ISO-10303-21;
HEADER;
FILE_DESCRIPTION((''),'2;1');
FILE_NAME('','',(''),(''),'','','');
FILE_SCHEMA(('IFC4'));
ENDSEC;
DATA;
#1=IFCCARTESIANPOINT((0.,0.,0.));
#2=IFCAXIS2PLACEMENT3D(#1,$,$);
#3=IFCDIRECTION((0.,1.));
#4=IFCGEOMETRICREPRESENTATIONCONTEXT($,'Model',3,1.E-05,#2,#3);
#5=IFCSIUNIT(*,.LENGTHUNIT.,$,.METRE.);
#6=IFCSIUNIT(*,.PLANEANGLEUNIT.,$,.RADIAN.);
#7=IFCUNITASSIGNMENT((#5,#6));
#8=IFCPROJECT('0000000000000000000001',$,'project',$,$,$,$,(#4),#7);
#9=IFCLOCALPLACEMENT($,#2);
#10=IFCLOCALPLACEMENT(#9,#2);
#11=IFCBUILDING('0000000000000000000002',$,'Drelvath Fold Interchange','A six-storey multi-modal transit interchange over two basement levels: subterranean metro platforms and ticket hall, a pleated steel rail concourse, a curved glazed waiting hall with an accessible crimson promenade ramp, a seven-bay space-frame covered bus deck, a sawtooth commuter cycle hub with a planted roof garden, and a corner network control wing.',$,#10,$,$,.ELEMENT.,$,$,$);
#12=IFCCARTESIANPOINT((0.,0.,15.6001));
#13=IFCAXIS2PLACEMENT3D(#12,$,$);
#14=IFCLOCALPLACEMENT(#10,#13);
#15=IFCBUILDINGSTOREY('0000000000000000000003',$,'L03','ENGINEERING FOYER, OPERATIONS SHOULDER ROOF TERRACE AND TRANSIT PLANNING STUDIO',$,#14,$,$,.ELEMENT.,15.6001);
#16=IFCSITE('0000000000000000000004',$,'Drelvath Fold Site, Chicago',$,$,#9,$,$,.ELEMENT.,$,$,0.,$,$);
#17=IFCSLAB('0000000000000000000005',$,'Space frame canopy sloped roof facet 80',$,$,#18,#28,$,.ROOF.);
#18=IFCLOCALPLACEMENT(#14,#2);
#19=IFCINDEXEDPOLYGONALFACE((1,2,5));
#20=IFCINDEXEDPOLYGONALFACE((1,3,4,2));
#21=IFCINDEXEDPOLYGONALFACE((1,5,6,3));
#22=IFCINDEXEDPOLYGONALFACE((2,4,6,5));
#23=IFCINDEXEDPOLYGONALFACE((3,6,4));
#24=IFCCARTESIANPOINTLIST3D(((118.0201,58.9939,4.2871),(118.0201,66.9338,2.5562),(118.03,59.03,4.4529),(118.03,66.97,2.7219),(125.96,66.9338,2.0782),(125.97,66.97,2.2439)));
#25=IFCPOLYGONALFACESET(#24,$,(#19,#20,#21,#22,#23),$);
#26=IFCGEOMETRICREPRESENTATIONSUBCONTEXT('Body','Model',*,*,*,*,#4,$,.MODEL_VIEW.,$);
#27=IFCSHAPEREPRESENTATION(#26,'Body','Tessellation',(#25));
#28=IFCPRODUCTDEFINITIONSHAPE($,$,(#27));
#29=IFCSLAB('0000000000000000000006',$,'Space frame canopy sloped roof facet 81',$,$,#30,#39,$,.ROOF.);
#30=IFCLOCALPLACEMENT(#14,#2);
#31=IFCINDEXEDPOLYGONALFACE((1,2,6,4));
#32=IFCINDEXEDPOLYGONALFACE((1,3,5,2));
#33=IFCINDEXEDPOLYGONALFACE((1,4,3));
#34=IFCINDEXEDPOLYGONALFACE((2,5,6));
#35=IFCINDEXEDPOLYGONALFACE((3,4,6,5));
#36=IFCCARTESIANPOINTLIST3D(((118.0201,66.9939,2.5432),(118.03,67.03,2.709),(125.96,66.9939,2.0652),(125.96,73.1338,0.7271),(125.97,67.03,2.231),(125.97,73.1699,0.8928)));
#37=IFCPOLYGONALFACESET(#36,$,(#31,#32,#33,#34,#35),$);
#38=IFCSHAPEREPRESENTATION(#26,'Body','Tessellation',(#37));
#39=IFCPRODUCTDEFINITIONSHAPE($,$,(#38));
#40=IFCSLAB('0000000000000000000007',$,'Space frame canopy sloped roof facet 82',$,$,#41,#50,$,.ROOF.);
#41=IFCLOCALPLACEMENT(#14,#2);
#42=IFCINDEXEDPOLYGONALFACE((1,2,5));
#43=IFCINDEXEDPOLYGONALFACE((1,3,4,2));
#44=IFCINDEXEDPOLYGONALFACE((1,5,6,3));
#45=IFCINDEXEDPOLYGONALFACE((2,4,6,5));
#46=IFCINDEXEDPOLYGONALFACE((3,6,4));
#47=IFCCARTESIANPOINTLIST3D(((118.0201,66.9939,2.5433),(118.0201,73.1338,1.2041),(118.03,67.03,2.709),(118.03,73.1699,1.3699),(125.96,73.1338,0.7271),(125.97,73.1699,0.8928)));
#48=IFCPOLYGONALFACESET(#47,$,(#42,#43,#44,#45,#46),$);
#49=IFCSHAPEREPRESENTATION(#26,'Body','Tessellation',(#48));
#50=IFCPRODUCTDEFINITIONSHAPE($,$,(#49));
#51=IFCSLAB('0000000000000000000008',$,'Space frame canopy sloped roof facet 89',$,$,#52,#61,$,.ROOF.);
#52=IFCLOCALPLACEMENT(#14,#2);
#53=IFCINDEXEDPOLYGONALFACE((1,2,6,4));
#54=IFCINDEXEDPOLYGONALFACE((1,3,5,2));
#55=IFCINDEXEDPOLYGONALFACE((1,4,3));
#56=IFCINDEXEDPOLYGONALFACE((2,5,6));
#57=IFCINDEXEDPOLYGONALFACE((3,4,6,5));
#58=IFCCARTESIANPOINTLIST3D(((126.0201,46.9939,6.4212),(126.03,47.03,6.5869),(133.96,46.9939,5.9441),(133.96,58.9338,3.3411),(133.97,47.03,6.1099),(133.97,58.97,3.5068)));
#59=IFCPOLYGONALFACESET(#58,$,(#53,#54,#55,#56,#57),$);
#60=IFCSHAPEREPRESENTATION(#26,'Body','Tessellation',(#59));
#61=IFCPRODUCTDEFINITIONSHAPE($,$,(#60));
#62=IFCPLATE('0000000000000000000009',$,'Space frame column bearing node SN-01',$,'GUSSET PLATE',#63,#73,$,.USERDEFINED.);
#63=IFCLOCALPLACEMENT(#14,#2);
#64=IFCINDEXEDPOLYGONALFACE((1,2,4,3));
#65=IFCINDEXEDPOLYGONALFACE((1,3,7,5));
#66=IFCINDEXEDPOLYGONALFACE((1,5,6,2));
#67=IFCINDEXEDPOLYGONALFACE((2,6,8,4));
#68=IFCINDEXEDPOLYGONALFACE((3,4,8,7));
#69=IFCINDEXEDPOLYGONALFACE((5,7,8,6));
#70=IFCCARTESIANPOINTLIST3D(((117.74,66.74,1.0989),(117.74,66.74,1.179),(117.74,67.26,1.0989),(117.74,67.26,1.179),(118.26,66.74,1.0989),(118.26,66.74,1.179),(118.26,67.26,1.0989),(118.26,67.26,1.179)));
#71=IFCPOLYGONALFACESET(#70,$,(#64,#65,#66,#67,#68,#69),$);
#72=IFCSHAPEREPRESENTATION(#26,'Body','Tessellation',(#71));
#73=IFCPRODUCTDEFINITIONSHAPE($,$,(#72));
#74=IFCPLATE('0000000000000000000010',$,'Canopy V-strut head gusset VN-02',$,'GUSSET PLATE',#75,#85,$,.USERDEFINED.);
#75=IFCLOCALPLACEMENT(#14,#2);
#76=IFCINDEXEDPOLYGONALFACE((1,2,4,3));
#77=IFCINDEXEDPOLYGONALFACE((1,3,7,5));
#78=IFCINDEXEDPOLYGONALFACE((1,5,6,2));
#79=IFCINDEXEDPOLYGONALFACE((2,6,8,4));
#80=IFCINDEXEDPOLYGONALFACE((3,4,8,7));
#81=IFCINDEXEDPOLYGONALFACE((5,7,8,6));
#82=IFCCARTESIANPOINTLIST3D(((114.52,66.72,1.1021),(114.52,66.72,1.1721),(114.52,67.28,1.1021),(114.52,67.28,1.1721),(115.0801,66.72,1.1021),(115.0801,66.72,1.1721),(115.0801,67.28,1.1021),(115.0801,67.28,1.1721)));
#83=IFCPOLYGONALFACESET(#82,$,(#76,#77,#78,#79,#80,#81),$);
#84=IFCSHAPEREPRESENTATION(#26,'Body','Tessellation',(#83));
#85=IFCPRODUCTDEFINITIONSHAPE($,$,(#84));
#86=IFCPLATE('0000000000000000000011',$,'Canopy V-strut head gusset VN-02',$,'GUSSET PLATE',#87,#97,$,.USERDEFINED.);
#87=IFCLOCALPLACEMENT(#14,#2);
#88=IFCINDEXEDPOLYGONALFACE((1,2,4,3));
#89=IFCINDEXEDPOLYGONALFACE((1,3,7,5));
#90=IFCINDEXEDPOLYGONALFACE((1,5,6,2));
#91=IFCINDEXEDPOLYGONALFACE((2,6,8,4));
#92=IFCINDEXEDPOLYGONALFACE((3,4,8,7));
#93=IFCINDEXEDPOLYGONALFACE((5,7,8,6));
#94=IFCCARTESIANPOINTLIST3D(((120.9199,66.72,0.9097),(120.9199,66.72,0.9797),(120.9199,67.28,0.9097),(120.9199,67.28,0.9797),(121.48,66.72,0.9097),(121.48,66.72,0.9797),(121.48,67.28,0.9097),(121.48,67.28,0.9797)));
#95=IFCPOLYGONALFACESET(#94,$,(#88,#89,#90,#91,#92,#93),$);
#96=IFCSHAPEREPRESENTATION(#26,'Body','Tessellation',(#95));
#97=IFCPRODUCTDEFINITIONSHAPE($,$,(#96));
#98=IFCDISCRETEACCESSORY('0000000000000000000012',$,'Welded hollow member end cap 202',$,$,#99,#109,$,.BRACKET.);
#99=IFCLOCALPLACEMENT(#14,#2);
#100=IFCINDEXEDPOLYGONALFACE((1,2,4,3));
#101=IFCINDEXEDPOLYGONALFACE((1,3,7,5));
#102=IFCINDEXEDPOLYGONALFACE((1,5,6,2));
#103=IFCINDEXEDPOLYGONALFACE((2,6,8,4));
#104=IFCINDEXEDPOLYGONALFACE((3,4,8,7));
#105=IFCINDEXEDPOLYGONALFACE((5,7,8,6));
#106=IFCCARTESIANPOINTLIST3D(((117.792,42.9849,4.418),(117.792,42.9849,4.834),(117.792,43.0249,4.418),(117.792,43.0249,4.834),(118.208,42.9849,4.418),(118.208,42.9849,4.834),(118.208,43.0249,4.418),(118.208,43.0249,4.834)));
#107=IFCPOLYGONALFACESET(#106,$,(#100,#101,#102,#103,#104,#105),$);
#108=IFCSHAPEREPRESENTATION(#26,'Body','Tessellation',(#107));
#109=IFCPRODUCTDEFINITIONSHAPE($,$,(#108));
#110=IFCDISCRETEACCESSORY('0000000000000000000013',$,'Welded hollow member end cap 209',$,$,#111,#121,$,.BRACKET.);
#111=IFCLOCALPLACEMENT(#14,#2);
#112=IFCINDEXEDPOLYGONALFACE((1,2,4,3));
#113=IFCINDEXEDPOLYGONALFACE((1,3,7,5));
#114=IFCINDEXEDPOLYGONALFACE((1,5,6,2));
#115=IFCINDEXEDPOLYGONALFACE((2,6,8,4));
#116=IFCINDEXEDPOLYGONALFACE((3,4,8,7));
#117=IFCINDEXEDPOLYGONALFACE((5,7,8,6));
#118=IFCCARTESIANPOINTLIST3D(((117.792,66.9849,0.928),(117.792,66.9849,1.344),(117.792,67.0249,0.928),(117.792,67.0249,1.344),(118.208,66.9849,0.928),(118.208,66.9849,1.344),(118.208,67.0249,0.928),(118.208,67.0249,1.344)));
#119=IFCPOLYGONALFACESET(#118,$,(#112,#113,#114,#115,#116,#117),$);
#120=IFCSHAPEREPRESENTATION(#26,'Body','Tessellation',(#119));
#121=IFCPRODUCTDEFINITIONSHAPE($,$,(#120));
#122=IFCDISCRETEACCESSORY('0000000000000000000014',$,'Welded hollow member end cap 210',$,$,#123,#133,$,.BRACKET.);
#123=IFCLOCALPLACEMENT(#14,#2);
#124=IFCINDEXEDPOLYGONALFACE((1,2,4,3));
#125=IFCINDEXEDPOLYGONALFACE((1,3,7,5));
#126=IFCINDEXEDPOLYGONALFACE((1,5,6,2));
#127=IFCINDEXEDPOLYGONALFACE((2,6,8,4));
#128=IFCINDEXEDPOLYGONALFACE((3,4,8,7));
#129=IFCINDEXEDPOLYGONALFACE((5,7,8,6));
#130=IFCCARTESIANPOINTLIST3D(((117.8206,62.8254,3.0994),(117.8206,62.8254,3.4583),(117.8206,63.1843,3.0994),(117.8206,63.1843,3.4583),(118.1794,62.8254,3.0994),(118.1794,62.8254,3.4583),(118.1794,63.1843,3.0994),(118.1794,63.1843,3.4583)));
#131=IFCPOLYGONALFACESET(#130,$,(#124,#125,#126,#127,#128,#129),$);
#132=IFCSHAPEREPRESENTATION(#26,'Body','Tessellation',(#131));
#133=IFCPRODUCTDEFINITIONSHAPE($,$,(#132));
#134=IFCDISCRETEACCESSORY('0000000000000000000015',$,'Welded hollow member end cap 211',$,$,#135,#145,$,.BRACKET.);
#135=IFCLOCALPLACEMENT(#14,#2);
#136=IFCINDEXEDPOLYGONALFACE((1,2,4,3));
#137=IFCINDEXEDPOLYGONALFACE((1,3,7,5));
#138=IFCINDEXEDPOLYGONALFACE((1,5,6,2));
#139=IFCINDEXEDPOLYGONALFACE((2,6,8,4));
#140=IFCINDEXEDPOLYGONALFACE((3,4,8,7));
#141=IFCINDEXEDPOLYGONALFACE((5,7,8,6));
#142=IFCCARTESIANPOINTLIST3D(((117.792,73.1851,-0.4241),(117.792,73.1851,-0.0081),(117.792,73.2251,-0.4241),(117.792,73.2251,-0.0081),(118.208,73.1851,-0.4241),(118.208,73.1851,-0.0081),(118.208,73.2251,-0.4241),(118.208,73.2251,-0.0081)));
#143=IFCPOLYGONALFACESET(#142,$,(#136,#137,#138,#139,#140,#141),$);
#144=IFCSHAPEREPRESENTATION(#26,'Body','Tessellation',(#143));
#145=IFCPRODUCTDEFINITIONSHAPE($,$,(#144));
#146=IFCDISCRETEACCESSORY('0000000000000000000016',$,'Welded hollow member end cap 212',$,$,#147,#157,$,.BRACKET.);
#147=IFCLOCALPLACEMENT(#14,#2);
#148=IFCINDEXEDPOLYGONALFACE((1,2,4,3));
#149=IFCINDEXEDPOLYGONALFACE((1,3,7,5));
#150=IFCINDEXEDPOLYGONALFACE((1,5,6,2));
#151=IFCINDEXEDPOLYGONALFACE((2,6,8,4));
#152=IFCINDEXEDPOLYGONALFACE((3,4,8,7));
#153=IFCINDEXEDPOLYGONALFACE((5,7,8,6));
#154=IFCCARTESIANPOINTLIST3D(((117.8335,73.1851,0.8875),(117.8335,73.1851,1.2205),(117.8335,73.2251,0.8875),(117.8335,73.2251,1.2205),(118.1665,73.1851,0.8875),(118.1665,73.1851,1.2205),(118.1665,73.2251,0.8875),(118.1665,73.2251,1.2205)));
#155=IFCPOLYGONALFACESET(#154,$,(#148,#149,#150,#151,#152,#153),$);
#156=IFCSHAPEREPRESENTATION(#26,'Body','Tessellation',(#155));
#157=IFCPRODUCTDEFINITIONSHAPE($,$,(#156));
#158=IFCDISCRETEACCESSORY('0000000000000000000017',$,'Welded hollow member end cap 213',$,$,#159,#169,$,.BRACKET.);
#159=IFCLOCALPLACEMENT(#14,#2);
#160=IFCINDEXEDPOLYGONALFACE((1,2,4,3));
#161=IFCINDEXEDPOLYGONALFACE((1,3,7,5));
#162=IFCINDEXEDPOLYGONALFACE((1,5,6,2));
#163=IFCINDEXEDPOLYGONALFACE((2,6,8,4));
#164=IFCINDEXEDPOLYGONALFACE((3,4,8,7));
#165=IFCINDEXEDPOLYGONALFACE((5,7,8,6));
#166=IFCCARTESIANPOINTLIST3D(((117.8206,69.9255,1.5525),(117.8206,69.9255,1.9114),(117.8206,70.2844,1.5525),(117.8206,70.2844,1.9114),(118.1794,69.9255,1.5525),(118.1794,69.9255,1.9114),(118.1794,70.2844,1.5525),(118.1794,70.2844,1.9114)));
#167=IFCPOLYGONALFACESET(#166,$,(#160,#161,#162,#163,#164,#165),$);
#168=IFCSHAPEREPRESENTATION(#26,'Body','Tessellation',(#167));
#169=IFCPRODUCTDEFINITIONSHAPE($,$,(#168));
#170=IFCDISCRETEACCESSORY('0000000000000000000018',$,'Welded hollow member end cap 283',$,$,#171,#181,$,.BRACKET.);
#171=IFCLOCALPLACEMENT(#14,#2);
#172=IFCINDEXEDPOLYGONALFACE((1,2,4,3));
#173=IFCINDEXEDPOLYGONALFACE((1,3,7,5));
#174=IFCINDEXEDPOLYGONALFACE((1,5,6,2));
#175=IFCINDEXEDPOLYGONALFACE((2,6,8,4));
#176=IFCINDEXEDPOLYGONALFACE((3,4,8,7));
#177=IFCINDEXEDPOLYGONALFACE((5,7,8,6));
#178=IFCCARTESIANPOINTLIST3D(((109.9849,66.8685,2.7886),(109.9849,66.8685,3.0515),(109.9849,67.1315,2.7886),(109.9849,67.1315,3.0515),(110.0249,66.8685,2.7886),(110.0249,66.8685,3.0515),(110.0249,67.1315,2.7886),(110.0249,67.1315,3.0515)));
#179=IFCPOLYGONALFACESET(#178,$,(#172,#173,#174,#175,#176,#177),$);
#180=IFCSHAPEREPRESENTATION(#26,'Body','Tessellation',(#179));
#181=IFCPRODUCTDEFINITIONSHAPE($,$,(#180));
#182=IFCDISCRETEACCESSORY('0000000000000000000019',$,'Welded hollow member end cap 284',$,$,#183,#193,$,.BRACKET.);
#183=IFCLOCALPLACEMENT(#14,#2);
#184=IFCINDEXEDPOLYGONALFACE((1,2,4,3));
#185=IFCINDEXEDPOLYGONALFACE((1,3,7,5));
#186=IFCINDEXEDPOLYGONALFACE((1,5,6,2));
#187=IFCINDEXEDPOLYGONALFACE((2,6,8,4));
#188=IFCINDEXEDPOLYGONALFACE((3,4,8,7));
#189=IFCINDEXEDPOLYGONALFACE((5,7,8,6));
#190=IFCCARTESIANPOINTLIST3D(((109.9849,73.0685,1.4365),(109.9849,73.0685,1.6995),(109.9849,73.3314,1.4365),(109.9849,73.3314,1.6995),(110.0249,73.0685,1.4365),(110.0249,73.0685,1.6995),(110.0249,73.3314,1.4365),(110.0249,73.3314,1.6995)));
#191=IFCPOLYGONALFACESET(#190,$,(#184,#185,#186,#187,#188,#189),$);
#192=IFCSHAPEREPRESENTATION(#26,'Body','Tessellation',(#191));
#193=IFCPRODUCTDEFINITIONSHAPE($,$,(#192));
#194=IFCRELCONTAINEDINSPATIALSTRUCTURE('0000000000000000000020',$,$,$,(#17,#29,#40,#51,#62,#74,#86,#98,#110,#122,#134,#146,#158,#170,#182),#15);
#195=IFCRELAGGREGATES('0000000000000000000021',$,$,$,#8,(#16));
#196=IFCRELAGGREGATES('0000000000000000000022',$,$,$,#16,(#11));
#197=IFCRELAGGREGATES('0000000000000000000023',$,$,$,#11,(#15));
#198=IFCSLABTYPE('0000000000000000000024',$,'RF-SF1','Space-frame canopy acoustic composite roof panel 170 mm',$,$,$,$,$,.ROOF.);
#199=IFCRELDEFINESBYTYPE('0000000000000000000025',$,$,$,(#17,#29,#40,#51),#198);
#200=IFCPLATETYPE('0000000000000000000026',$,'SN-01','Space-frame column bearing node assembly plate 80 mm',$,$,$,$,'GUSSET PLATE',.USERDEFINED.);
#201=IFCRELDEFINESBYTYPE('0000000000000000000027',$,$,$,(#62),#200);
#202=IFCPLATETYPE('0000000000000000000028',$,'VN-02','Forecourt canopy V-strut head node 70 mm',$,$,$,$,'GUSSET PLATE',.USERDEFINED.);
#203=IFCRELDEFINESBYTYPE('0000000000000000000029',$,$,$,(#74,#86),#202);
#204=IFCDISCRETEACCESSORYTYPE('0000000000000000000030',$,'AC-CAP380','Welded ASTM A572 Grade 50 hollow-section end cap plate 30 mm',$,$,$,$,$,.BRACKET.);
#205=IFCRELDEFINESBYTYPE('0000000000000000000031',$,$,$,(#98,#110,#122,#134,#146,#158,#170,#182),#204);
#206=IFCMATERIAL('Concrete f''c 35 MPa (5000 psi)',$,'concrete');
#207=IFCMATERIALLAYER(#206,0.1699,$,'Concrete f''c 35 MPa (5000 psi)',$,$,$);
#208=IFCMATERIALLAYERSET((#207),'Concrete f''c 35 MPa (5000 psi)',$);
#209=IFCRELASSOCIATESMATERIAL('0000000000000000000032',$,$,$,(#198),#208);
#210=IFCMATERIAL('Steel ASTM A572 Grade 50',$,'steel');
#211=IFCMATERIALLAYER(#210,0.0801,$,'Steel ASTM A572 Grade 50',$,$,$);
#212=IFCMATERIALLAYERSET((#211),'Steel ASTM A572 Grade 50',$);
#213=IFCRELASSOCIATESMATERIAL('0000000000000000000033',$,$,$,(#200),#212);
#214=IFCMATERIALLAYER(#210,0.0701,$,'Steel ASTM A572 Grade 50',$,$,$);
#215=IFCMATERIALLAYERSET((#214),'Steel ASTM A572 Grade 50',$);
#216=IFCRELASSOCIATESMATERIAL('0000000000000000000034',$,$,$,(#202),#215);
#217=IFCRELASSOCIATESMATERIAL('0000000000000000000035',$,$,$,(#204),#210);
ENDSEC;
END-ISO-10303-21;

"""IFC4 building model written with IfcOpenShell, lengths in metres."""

from ifc_helpers import new_model, si_unit, direction, frame, origin, origin_2d, place, context, subcontext, project, spatial, polyline, rectangle, outline, extrude, material, layer, layer_set, type_object, element, save


model = new_model("IFC4")

# Units and contexts
model_context = context("Model", 3, precision=1e-05, world=origin(), true_north=direction((0.0, 1.0)))
body_context = subcontext(model_context, "Body", "Model", "MODEL_VIEW")
ifc_project = project(units=[si_unit("LENGTHUNIT", "METRE"), si_unit("PLANEANGLEUNIT", "RADIAN")], contexts=[model_context])

# Site, building, storey
site_placement = place(None, origin())
site = spatial("IfcSite", under=ifc_project, at=site_placement, Name="Drelvath Fold Site, Chicago", CompositionType="ELEMENT", RefElevation=0.0)
building_placement = place(site_placement, origin())
building = spatial("IfcBuilding", under=site, at=building_placement, Name="Drelvath Fold Interchange", Description="A six-storey multi-modal transit interchange over two basement levels: subterranean metro platforms and ticket hall, a pleated steel rail concourse, a curved glazed waiting hall with an accessible crimson promenade ramp, a seven-bay space-frame covered bus deck, a sawtooth commuter cycle hub with a planted roof garden, and a corner network control wing.", CompositionType="ELEMENT")
storey_placement = place(building_placement, frame((0.0, 0.0, 15.6001)))
storey = spatial("IfcBuildingStorey", under=building, at=storey_placement, Name="L03", Description="ENGINEERING FOYER, OPERATIONS SHOULDER ROOF TERRACE AND TRANSIT PLANNING STUDIO", CompositionType="ELEMENT", Elevation=15.6001)

# Slabs
ifc_material_1 = material(Name="Concrete f'c 35 MPa (5000 psi)", Category="concrete")
ifc_layer_1 = layer(ifc_material_1, 0.1699, Name="Concrete f'c 35 MPa (5000 psi)")
ifc_layer_set_1 = layer_set([ifc_layer_1], Name="Concrete f'c 35 MPa (5000 psi)")
slab_type = type_object("IfcSlabType", Name="RF-SF1", Description="Space-frame canopy acoustic composite roof panel 170 mm", PredefinedType="ROOF", material=ifc_layer_set_1)
slab_1_placement = place(storey_placement, frame((118.03, 59.03, 4.4529), z_axis=(0.058722, 0.212636, 0.975365), x_axis=(0.693809, 0.693809, -0.193026)))
element("IfcSlab", 1, at=slab_1_placement, inside=storey, type_object=slab_type, Name="Space frame canopy sloped roof facet 80", PredefinedType="ROOF", context=body_context, shape_type="SweptSolid", body=[
    extrude(outline(polyline([(0.0, 0.0), (11.444, 0.0), (5.8429, 5.6479), (0.0, 0.0)])), origin(), (0.0, 0.0, -1.0), 0.1699),
])
slab_2_placement = place(storey_placement, frame((118.03, 67.03, 2.709), z_axis=(0.058723, 0.212575, 0.975379), x_axis=(0.998193, 0.0, -0.060097)))
element("IfcSlab", 2, at=slab_2_placement, inside=storey, type_object=slab_type, Name="Space frame canopy sloped roof facet 81", PredefinedType="ROOF", context=body_context, shape_type="SweptSolid", body=[
    extrude(outline(polyline([(0.0, 0.0), (7.9543, 0.0), (8.0347, 6.2835), (0.0, 0.0)])), origin(), (0.0, 0.0, -1.0), 0.1699),
])
slab_3_placement = place(storey_placement, frame((118.03, 67.03, 2.709), z_axis=(0.058602, 0.212725, 0.975353), x_axis=(0.778428, 0.601952, -0.178056)))
element("IfcSlab", 3, at=slab_3_placement, inside=storey, type_object=slab_type, Name="Space frame canopy sloped roof facet 82", PredefinedType="ROOF", context=body_context, shape_type="SweptSolid", body=[
    extrude(outline(polyline([(0.0, 0.0), (10.2, 0.0), (3.9344, 4.9002), (0.0, 0.0)])), origin(), (0.0, 0.0, -1.0), 0.1699),
])
slab_4_placement = place(storey_placement, frame((126.03, 47.03, 6.5869), z_axis=(0.058603, 0.212641, 0.975372), x_axis=(0.9982, 0.0, -0.059974)))
element("IfcSlab", 4, at=slab_4_placement, inside=storey, type_object=slab_type, Name="Space frame canopy sloped roof facet 89", PredefinedType="ROOF", context=body_context, shape_type="SweptSolid", body=[
    extrude(outline(polyline([(0.0, 0.0), (7.9543, 0.0), (8.1104, 12.2194), (0.0, 0.0)])), origin(), (0.0, 0.0, -1.0), 0.1699),
])

# Plates
ifc_material_2 = material(Name="Steel ASTM A572 Grade 50", Category="steel")
ifc_layer_2 = layer(ifc_material_2, 0.0801, Name="Steel ASTM A572 Grade 50")
ifc_layer_set_2 = layer_set([ifc_layer_2], Name="Steel ASTM A572 Grade 50")
plate_type_1 = type_object("IfcPlateType", Name="SN-01", Description="Space-frame column bearing node assembly plate 80 mm", ElementType="GUSSET PLATE", PredefinedType="USERDEFINED", material=ifc_layer_set_2)
plate_placement = place(storey_placement, frame((118.0, 67.0, 1.0989), z_axis=(0.0, 0.0, 1.0), x_axis=(1.0, 0.0, 0.0)))
element("IfcPlate", 5, at=plate_placement, inside=storey, type_object=plate_type_1, Name="Space frame column bearing node SN-01", ObjectType="GUSSET PLATE", PredefinedType="USERDEFINED", context=body_context, shape_type="SweptSolid", body=[
    extrude(rectangle(XDim=0.52, YDim=0.52, at=origin_2d()), origin(), (0.0, 0.0, 1.0), 0.0801),
])
ifc_layer_3 = layer(ifc_material_2, 0.0701, Name="Steel ASTM A572 Grade 50")
ifc_layer_set_3 = layer_set([ifc_layer_3], Name="Steel ASTM A572 Grade 50")
plate_type_2 = type_object("IfcPlateType", Name="VN-02", Description="Forecourt canopy V-strut head node 70 mm", ElementType="GUSSET PLATE", PredefinedType="USERDEFINED", material=ifc_layer_set_3)
for number, where, z_axis, x_axis, name in (
    (6, (114.8, 67.0, 1.1021), (0.0, 0.0, 1.0), (1.0, 0.0, 0.0), "Canopy V-strut head gusset VN-02"),
    (7, (121.2, 67.0, 0.9097), (0.0, 0.0, 1.0), (1.0, 0.0, 0.0), "Canopy V-strut head gusset VN-02"),
):
    element("IfcPlate", number, at=place(storey_placement, frame(where, z_axis=z_axis, x_axis=x_axis)), inside=storey, type_object=plate_type_2, Name=name, ObjectType="GUSSET PLATE", PredefinedType="USERDEFINED", context=body_context, shape_type="SweptSolid", body=[
        extrude(rectangle(XDim=0.5601, YDim=0.5601, at=origin_2d()), origin(), (0.0, 0.0, 1.0), 0.0701),
    ])

# Discrete accessories
discrete_accessory_type = type_object("IfcDiscreteAccessoryType", Name="AC-CAP380", Description="Welded ASTM A572 Grade 50 hollow-section end cap plate 30 mm", PredefinedType="BRACKET", material=ifc_material_2)
for number, where, z_axis, x_axis, name in (
    (8, (118.0, 43.0049, 4.418), (0.0, 0.0, 1.0), (1.0, 0.0, 0.0), "Welded hollow member end cap 202"),
    (9, (118.0, 67.0049, 0.928), (0.0, 0.0, 1.0), (1.0, 0.0, 0.0), "Welded hollow member end cap 209"),
):
    element("IfcDiscreteAccessory", number, at=place(storey_placement, frame(where, z_axis=z_axis, x_axis=x_axis)), inside=storey, type_object=discrete_accessory_type, Name=name, PredefinedType="BRACKET", context=body_context, shape_type="SweptSolid", body=[
        extrude(rectangle(XDim=0.416, YDim=0.04, at=origin_2d()), origin(), (0.0, 0.0, 1.0), 0.416),
    ])
discrete_accessory_1_placement = place(storey_placement, frame((118.0, 63.0049, 3.0994), z_axis=(0.0, 0.0, 1.0), x_axis=(1.0, 0.0, 0.0)))
element("IfcDiscreteAccessory", 10, at=discrete_accessory_1_placement, inside=storey, type_object=discrete_accessory_type, Name="Welded hollow member end cap 210", PredefinedType="BRACKET", context=body_context, shape_type="SweptSolid", body=[
    extrude(rectangle(XDim=0.3589, YDim=0.3589, at=origin_2d()), origin(), (0.0, 0.0, 1.0), 0.3589),
])
discrete_accessory_2_placement = place(storey_placement, frame((118.0, 73.2051, -0.4241), z_axis=(0.0, 0.0, 1.0), x_axis=(1.0, 0.0, 0.0)))
element("IfcDiscreteAccessory", 11, at=discrete_accessory_2_placement, inside=storey, type_object=discrete_accessory_type, Name="Welded hollow member end cap 211", PredefinedType="BRACKET", context=body_context, shape_type="SweptSolid", body=[
    extrude(rectangle(XDim=0.416, YDim=0.04, at=origin_2d()), origin(), (0.0, 0.0, 1.0), 0.416),
])
discrete_accessory_3_placement = place(storey_placement, frame((118.0, 73.2051, 0.8875), z_axis=(0.0, 0.0, 1.0), x_axis=(1.0, 0.0, 0.0)))
element("IfcDiscreteAccessory", 12, at=discrete_accessory_3_placement, inside=storey, type_object=discrete_accessory_type, Name="Welded hollow member end cap 212", PredefinedType="BRACKET", context=body_context, shape_type="SweptSolid", body=[
    extrude(rectangle(XDim=0.333, YDim=0.04, at=origin_2d()), origin(), (0.0, 0.0, 1.0), 0.333),
])
discrete_accessory_4_placement = place(storey_placement, frame((118.0, 70.105, 1.5525), z_axis=(0.0, 0.0, 1.0), x_axis=(1.0, 0.0, 0.0)))
element("IfcDiscreteAccessory", 13, at=discrete_accessory_4_placement, inside=storey, type_object=discrete_accessory_type, Name="Welded hollow member end cap 213", PredefinedType="BRACKET", context=body_context, shape_type="SweptSolid", body=[
    extrude(rectangle(XDim=0.3589, YDim=0.3589, at=origin_2d()), origin(), (0.0, 0.0, 1.0), 0.3589),
])
for number, where, z_axis, x_axis, name in (
    (14, (110.0049, 67.0, 2.7886), (0.0, 0.0, 1.0), (1.0, 0.0, 0.0), "Welded hollow member end cap 283"),
    (15, (110.0049, 73.2, 1.4365), (0.0, 0.0, 1.0), (1.0, 0.0, 0.0), "Welded hollow member end cap 284"),
):
    element("IfcDiscreteAccessory", number, at=place(storey_placement, frame(where, z_axis=z_axis, x_axis=x_axis)), inside=storey, type_object=discrete_accessory_type, Name=name, PredefinedType="BRACKET", context=body_context, shape_type="SweptSolid", body=[
        extrude(rectangle(XDim=0.04, YDim=0.2629, at=origin_2d()), origin(), (0.0, 0.0, 1.0), 0.2629),
    ])

save(model, "model.ifc")
